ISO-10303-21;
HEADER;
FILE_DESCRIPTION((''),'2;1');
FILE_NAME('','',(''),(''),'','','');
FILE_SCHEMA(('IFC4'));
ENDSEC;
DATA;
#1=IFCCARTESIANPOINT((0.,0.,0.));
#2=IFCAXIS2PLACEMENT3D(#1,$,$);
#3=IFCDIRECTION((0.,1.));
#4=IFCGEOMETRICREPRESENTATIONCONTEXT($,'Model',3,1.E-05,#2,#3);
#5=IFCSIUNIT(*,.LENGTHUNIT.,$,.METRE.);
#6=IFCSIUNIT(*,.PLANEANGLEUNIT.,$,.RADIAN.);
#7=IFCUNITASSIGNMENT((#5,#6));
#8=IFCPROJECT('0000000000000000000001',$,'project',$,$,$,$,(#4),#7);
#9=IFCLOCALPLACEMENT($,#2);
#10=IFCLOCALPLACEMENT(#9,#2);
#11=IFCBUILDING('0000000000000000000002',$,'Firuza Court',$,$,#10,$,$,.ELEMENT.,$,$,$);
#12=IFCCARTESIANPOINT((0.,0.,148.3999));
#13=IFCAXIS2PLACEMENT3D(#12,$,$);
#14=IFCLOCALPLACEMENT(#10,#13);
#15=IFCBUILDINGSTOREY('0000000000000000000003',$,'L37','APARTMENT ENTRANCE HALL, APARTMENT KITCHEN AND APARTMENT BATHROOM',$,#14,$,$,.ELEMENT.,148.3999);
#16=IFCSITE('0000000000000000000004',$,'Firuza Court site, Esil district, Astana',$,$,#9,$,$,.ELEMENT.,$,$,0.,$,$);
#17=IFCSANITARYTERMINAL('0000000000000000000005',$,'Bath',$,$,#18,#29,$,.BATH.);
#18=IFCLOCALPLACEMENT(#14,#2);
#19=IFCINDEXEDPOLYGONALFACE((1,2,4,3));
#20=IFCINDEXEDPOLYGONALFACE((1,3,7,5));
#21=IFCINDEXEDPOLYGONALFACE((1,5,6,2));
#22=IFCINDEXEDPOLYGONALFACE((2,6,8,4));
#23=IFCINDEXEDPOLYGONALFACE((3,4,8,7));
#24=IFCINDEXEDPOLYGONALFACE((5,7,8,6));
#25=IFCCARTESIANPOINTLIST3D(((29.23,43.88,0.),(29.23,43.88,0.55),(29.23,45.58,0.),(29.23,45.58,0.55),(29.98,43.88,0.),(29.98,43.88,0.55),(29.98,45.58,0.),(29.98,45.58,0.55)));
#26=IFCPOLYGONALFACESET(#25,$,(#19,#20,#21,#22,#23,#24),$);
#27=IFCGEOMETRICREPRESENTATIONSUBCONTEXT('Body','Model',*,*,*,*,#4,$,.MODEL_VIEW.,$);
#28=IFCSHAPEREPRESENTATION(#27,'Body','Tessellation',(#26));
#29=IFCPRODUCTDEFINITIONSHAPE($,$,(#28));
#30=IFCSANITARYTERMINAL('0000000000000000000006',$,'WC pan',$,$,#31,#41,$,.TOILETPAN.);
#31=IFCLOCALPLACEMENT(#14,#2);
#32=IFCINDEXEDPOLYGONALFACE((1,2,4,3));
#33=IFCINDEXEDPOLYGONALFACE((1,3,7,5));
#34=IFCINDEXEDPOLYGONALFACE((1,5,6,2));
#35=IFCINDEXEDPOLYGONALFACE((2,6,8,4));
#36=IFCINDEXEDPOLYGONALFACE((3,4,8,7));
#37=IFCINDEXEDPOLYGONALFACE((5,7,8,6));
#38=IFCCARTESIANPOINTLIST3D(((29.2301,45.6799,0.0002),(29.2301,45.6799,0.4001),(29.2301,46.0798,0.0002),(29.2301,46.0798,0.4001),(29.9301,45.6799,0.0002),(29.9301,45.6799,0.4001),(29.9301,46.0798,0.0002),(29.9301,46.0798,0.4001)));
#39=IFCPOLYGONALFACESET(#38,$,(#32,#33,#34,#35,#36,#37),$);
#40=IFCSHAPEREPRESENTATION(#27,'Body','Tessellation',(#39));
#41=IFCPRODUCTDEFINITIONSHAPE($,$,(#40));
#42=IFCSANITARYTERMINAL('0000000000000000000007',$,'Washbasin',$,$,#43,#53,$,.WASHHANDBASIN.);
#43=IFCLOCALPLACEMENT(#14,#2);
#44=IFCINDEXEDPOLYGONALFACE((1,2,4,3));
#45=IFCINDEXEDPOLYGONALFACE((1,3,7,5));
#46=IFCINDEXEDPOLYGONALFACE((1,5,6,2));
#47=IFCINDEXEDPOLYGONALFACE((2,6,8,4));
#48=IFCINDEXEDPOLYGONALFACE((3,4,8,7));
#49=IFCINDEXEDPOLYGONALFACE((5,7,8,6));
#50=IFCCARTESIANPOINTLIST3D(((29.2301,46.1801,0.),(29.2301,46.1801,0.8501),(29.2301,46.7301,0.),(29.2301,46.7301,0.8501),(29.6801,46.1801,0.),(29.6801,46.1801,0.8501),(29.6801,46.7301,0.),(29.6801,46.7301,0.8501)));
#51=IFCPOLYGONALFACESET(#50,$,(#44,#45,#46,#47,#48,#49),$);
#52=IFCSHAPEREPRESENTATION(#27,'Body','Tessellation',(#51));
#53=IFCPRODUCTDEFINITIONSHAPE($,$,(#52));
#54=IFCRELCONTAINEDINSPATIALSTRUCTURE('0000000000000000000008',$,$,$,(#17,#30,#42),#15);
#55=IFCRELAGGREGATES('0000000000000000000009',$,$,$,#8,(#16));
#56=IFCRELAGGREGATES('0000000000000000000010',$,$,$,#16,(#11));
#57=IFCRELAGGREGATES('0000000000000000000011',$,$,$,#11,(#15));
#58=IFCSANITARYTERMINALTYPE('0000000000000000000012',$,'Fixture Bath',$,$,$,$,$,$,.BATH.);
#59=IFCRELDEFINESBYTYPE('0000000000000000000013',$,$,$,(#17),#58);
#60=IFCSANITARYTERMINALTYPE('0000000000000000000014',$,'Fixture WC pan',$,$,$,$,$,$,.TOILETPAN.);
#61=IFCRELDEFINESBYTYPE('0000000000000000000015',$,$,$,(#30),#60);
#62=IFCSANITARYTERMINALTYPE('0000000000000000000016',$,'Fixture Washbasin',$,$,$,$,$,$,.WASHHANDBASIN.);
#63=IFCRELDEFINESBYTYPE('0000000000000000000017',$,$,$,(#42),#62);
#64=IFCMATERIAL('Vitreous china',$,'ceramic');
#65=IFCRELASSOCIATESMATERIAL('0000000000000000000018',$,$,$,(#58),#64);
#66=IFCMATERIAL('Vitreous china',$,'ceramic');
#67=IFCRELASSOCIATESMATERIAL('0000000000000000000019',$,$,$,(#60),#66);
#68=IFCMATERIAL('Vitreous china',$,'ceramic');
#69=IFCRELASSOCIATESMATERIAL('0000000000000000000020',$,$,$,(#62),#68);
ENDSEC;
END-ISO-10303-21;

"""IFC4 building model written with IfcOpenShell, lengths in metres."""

from ifc_helpers import new_model, si_unit, direction, frame, origin, origin_2d, place, context, subcontext, project, spatial, rectangle, extrude, material, type_object, element, save


model = new_model("IFC4")

# Units and contexts
model_context = context("Model", 3, precision=1e-05, world=origin(), true_north=direction((0.0, 1.0)))
body_context = subcontext(model_context, "Body", "Model", "MODEL_VIEW")
ifc_project = project(units=[si_unit("LENGTHUNIT", "METRE"), si_unit("PLANEANGLEUNIT", "RADIAN")], contexts=[model_context])

# Site, building, storey
site_placement = place(None, origin())
site = spatial("IfcSite", under=ifc_project, at=site_placement, Name="Firuza Court site, Esil district, Astana", CompositionType="ELEMENT", RefElevation=0.0)
building_placement = place(site_placement, origin())
building = spatial("IfcBuilding", under=site, at=building_placement, Name="Firuza Court", CompositionType="ELEMENT")
storey_placement = place(building_placement, frame((0.0, 0.0, 148.3999)))
storey = spatial("IfcBuildingStorey", under=building, at=storey_placement, Name="L37", Description="APARTMENT ENTRANCE HALL, APARTMENT KITCHEN AND APARTMENT BATHROOM", CompositionType="ELEMENT", Elevation=148.3999)

# Sanitary terminals
ifc_material_1 = material(Name="Vitreous china", Category="ceramic")
sanitary_terminal_type_1 = type_object("IfcSanitaryTerminalType", Name="Fixture Bath", PredefinedType="BATH", material=ifc_material_1)
sanitary_terminal_1_placement = place(storey_placement, frame((29.605, 44.73, 0.0), z_axis=(0.0, 0.0, 1.0), x_axis=(1.0, 0.0, 0.0)))
element("IfcSanitaryTerminal", 1, at=sanitary_terminal_1_placement, inside=storey, type_object=sanitary_terminal_type_1, Name="Bath", PredefinedType="BATH", context=body_context, shape_type="SweptSolid", body=[
    extrude(rectangle(XDim=0.75, YDim=1.7, at=origin_2d()), origin(), (0.0, 0.0, 1.0), 0.55),
])
ifc_material_2 = material(Name="Vitreous china", Category="ceramic")
sanitary_terminal_type_2 = type_object("IfcSanitaryTerminalType", Name="Fixture WC pan", PredefinedType="TOILETPAN", material=ifc_material_2)
sanitary_terminal_2_placement = place(storey_placement, frame((29.5801, 45.8799, 0.0002), z_axis=(0.0, 0.0, 1.0), x_axis=(1.0, 0.0, 0.0)))
element("IfcSanitaryTerminal", 2, at=sanitary_terminal_2_placement, inside=storey, type_object=sanitary_terminal_type_2, Name="WC pan", PredefinedType="TOILETPAN", context=body_context, shape_type="SweptSolid", body=[
    extrude(rectangle(XDim=0.7, YDim=0.3999, at=origin_2d()), origin(), (0.0, 0.0, 1.0), 0.3999),
])
ifc_material_3 = material(Name="Vitreous china", Category="ceramic")
sanitary_terminal_type_3 = type_object("IfcSanitaryTerminalType", Name="Fixture Washbasin", PredefinedType="WASHHANDBASIN", material=ifc_material_3)
sanitary_terminal_3_placement = place(storey_placement, frame((29.4551, 46.4551, 0.0), z_axis=(0.0, 0.0, 1.0), x_axis=(1.0, 0.0, 0.0)))
element("IfcSanitaryTerminal", 3, at=sanitary_terminal_3_placement, inside=storey, type_object=sanitary_terminal_type_3, Name="Washbasin", PredefinedType="WASHHANDBASIN", context=body_context, shape_type="SweptSolid", body=[
    extrude(rectangle(XDim=0.45, YDim=0.55, at=origin_2d()), origin(), (0.0, 0.0, 1.0), 0.8501),
])

save(model, "model.ifc")
